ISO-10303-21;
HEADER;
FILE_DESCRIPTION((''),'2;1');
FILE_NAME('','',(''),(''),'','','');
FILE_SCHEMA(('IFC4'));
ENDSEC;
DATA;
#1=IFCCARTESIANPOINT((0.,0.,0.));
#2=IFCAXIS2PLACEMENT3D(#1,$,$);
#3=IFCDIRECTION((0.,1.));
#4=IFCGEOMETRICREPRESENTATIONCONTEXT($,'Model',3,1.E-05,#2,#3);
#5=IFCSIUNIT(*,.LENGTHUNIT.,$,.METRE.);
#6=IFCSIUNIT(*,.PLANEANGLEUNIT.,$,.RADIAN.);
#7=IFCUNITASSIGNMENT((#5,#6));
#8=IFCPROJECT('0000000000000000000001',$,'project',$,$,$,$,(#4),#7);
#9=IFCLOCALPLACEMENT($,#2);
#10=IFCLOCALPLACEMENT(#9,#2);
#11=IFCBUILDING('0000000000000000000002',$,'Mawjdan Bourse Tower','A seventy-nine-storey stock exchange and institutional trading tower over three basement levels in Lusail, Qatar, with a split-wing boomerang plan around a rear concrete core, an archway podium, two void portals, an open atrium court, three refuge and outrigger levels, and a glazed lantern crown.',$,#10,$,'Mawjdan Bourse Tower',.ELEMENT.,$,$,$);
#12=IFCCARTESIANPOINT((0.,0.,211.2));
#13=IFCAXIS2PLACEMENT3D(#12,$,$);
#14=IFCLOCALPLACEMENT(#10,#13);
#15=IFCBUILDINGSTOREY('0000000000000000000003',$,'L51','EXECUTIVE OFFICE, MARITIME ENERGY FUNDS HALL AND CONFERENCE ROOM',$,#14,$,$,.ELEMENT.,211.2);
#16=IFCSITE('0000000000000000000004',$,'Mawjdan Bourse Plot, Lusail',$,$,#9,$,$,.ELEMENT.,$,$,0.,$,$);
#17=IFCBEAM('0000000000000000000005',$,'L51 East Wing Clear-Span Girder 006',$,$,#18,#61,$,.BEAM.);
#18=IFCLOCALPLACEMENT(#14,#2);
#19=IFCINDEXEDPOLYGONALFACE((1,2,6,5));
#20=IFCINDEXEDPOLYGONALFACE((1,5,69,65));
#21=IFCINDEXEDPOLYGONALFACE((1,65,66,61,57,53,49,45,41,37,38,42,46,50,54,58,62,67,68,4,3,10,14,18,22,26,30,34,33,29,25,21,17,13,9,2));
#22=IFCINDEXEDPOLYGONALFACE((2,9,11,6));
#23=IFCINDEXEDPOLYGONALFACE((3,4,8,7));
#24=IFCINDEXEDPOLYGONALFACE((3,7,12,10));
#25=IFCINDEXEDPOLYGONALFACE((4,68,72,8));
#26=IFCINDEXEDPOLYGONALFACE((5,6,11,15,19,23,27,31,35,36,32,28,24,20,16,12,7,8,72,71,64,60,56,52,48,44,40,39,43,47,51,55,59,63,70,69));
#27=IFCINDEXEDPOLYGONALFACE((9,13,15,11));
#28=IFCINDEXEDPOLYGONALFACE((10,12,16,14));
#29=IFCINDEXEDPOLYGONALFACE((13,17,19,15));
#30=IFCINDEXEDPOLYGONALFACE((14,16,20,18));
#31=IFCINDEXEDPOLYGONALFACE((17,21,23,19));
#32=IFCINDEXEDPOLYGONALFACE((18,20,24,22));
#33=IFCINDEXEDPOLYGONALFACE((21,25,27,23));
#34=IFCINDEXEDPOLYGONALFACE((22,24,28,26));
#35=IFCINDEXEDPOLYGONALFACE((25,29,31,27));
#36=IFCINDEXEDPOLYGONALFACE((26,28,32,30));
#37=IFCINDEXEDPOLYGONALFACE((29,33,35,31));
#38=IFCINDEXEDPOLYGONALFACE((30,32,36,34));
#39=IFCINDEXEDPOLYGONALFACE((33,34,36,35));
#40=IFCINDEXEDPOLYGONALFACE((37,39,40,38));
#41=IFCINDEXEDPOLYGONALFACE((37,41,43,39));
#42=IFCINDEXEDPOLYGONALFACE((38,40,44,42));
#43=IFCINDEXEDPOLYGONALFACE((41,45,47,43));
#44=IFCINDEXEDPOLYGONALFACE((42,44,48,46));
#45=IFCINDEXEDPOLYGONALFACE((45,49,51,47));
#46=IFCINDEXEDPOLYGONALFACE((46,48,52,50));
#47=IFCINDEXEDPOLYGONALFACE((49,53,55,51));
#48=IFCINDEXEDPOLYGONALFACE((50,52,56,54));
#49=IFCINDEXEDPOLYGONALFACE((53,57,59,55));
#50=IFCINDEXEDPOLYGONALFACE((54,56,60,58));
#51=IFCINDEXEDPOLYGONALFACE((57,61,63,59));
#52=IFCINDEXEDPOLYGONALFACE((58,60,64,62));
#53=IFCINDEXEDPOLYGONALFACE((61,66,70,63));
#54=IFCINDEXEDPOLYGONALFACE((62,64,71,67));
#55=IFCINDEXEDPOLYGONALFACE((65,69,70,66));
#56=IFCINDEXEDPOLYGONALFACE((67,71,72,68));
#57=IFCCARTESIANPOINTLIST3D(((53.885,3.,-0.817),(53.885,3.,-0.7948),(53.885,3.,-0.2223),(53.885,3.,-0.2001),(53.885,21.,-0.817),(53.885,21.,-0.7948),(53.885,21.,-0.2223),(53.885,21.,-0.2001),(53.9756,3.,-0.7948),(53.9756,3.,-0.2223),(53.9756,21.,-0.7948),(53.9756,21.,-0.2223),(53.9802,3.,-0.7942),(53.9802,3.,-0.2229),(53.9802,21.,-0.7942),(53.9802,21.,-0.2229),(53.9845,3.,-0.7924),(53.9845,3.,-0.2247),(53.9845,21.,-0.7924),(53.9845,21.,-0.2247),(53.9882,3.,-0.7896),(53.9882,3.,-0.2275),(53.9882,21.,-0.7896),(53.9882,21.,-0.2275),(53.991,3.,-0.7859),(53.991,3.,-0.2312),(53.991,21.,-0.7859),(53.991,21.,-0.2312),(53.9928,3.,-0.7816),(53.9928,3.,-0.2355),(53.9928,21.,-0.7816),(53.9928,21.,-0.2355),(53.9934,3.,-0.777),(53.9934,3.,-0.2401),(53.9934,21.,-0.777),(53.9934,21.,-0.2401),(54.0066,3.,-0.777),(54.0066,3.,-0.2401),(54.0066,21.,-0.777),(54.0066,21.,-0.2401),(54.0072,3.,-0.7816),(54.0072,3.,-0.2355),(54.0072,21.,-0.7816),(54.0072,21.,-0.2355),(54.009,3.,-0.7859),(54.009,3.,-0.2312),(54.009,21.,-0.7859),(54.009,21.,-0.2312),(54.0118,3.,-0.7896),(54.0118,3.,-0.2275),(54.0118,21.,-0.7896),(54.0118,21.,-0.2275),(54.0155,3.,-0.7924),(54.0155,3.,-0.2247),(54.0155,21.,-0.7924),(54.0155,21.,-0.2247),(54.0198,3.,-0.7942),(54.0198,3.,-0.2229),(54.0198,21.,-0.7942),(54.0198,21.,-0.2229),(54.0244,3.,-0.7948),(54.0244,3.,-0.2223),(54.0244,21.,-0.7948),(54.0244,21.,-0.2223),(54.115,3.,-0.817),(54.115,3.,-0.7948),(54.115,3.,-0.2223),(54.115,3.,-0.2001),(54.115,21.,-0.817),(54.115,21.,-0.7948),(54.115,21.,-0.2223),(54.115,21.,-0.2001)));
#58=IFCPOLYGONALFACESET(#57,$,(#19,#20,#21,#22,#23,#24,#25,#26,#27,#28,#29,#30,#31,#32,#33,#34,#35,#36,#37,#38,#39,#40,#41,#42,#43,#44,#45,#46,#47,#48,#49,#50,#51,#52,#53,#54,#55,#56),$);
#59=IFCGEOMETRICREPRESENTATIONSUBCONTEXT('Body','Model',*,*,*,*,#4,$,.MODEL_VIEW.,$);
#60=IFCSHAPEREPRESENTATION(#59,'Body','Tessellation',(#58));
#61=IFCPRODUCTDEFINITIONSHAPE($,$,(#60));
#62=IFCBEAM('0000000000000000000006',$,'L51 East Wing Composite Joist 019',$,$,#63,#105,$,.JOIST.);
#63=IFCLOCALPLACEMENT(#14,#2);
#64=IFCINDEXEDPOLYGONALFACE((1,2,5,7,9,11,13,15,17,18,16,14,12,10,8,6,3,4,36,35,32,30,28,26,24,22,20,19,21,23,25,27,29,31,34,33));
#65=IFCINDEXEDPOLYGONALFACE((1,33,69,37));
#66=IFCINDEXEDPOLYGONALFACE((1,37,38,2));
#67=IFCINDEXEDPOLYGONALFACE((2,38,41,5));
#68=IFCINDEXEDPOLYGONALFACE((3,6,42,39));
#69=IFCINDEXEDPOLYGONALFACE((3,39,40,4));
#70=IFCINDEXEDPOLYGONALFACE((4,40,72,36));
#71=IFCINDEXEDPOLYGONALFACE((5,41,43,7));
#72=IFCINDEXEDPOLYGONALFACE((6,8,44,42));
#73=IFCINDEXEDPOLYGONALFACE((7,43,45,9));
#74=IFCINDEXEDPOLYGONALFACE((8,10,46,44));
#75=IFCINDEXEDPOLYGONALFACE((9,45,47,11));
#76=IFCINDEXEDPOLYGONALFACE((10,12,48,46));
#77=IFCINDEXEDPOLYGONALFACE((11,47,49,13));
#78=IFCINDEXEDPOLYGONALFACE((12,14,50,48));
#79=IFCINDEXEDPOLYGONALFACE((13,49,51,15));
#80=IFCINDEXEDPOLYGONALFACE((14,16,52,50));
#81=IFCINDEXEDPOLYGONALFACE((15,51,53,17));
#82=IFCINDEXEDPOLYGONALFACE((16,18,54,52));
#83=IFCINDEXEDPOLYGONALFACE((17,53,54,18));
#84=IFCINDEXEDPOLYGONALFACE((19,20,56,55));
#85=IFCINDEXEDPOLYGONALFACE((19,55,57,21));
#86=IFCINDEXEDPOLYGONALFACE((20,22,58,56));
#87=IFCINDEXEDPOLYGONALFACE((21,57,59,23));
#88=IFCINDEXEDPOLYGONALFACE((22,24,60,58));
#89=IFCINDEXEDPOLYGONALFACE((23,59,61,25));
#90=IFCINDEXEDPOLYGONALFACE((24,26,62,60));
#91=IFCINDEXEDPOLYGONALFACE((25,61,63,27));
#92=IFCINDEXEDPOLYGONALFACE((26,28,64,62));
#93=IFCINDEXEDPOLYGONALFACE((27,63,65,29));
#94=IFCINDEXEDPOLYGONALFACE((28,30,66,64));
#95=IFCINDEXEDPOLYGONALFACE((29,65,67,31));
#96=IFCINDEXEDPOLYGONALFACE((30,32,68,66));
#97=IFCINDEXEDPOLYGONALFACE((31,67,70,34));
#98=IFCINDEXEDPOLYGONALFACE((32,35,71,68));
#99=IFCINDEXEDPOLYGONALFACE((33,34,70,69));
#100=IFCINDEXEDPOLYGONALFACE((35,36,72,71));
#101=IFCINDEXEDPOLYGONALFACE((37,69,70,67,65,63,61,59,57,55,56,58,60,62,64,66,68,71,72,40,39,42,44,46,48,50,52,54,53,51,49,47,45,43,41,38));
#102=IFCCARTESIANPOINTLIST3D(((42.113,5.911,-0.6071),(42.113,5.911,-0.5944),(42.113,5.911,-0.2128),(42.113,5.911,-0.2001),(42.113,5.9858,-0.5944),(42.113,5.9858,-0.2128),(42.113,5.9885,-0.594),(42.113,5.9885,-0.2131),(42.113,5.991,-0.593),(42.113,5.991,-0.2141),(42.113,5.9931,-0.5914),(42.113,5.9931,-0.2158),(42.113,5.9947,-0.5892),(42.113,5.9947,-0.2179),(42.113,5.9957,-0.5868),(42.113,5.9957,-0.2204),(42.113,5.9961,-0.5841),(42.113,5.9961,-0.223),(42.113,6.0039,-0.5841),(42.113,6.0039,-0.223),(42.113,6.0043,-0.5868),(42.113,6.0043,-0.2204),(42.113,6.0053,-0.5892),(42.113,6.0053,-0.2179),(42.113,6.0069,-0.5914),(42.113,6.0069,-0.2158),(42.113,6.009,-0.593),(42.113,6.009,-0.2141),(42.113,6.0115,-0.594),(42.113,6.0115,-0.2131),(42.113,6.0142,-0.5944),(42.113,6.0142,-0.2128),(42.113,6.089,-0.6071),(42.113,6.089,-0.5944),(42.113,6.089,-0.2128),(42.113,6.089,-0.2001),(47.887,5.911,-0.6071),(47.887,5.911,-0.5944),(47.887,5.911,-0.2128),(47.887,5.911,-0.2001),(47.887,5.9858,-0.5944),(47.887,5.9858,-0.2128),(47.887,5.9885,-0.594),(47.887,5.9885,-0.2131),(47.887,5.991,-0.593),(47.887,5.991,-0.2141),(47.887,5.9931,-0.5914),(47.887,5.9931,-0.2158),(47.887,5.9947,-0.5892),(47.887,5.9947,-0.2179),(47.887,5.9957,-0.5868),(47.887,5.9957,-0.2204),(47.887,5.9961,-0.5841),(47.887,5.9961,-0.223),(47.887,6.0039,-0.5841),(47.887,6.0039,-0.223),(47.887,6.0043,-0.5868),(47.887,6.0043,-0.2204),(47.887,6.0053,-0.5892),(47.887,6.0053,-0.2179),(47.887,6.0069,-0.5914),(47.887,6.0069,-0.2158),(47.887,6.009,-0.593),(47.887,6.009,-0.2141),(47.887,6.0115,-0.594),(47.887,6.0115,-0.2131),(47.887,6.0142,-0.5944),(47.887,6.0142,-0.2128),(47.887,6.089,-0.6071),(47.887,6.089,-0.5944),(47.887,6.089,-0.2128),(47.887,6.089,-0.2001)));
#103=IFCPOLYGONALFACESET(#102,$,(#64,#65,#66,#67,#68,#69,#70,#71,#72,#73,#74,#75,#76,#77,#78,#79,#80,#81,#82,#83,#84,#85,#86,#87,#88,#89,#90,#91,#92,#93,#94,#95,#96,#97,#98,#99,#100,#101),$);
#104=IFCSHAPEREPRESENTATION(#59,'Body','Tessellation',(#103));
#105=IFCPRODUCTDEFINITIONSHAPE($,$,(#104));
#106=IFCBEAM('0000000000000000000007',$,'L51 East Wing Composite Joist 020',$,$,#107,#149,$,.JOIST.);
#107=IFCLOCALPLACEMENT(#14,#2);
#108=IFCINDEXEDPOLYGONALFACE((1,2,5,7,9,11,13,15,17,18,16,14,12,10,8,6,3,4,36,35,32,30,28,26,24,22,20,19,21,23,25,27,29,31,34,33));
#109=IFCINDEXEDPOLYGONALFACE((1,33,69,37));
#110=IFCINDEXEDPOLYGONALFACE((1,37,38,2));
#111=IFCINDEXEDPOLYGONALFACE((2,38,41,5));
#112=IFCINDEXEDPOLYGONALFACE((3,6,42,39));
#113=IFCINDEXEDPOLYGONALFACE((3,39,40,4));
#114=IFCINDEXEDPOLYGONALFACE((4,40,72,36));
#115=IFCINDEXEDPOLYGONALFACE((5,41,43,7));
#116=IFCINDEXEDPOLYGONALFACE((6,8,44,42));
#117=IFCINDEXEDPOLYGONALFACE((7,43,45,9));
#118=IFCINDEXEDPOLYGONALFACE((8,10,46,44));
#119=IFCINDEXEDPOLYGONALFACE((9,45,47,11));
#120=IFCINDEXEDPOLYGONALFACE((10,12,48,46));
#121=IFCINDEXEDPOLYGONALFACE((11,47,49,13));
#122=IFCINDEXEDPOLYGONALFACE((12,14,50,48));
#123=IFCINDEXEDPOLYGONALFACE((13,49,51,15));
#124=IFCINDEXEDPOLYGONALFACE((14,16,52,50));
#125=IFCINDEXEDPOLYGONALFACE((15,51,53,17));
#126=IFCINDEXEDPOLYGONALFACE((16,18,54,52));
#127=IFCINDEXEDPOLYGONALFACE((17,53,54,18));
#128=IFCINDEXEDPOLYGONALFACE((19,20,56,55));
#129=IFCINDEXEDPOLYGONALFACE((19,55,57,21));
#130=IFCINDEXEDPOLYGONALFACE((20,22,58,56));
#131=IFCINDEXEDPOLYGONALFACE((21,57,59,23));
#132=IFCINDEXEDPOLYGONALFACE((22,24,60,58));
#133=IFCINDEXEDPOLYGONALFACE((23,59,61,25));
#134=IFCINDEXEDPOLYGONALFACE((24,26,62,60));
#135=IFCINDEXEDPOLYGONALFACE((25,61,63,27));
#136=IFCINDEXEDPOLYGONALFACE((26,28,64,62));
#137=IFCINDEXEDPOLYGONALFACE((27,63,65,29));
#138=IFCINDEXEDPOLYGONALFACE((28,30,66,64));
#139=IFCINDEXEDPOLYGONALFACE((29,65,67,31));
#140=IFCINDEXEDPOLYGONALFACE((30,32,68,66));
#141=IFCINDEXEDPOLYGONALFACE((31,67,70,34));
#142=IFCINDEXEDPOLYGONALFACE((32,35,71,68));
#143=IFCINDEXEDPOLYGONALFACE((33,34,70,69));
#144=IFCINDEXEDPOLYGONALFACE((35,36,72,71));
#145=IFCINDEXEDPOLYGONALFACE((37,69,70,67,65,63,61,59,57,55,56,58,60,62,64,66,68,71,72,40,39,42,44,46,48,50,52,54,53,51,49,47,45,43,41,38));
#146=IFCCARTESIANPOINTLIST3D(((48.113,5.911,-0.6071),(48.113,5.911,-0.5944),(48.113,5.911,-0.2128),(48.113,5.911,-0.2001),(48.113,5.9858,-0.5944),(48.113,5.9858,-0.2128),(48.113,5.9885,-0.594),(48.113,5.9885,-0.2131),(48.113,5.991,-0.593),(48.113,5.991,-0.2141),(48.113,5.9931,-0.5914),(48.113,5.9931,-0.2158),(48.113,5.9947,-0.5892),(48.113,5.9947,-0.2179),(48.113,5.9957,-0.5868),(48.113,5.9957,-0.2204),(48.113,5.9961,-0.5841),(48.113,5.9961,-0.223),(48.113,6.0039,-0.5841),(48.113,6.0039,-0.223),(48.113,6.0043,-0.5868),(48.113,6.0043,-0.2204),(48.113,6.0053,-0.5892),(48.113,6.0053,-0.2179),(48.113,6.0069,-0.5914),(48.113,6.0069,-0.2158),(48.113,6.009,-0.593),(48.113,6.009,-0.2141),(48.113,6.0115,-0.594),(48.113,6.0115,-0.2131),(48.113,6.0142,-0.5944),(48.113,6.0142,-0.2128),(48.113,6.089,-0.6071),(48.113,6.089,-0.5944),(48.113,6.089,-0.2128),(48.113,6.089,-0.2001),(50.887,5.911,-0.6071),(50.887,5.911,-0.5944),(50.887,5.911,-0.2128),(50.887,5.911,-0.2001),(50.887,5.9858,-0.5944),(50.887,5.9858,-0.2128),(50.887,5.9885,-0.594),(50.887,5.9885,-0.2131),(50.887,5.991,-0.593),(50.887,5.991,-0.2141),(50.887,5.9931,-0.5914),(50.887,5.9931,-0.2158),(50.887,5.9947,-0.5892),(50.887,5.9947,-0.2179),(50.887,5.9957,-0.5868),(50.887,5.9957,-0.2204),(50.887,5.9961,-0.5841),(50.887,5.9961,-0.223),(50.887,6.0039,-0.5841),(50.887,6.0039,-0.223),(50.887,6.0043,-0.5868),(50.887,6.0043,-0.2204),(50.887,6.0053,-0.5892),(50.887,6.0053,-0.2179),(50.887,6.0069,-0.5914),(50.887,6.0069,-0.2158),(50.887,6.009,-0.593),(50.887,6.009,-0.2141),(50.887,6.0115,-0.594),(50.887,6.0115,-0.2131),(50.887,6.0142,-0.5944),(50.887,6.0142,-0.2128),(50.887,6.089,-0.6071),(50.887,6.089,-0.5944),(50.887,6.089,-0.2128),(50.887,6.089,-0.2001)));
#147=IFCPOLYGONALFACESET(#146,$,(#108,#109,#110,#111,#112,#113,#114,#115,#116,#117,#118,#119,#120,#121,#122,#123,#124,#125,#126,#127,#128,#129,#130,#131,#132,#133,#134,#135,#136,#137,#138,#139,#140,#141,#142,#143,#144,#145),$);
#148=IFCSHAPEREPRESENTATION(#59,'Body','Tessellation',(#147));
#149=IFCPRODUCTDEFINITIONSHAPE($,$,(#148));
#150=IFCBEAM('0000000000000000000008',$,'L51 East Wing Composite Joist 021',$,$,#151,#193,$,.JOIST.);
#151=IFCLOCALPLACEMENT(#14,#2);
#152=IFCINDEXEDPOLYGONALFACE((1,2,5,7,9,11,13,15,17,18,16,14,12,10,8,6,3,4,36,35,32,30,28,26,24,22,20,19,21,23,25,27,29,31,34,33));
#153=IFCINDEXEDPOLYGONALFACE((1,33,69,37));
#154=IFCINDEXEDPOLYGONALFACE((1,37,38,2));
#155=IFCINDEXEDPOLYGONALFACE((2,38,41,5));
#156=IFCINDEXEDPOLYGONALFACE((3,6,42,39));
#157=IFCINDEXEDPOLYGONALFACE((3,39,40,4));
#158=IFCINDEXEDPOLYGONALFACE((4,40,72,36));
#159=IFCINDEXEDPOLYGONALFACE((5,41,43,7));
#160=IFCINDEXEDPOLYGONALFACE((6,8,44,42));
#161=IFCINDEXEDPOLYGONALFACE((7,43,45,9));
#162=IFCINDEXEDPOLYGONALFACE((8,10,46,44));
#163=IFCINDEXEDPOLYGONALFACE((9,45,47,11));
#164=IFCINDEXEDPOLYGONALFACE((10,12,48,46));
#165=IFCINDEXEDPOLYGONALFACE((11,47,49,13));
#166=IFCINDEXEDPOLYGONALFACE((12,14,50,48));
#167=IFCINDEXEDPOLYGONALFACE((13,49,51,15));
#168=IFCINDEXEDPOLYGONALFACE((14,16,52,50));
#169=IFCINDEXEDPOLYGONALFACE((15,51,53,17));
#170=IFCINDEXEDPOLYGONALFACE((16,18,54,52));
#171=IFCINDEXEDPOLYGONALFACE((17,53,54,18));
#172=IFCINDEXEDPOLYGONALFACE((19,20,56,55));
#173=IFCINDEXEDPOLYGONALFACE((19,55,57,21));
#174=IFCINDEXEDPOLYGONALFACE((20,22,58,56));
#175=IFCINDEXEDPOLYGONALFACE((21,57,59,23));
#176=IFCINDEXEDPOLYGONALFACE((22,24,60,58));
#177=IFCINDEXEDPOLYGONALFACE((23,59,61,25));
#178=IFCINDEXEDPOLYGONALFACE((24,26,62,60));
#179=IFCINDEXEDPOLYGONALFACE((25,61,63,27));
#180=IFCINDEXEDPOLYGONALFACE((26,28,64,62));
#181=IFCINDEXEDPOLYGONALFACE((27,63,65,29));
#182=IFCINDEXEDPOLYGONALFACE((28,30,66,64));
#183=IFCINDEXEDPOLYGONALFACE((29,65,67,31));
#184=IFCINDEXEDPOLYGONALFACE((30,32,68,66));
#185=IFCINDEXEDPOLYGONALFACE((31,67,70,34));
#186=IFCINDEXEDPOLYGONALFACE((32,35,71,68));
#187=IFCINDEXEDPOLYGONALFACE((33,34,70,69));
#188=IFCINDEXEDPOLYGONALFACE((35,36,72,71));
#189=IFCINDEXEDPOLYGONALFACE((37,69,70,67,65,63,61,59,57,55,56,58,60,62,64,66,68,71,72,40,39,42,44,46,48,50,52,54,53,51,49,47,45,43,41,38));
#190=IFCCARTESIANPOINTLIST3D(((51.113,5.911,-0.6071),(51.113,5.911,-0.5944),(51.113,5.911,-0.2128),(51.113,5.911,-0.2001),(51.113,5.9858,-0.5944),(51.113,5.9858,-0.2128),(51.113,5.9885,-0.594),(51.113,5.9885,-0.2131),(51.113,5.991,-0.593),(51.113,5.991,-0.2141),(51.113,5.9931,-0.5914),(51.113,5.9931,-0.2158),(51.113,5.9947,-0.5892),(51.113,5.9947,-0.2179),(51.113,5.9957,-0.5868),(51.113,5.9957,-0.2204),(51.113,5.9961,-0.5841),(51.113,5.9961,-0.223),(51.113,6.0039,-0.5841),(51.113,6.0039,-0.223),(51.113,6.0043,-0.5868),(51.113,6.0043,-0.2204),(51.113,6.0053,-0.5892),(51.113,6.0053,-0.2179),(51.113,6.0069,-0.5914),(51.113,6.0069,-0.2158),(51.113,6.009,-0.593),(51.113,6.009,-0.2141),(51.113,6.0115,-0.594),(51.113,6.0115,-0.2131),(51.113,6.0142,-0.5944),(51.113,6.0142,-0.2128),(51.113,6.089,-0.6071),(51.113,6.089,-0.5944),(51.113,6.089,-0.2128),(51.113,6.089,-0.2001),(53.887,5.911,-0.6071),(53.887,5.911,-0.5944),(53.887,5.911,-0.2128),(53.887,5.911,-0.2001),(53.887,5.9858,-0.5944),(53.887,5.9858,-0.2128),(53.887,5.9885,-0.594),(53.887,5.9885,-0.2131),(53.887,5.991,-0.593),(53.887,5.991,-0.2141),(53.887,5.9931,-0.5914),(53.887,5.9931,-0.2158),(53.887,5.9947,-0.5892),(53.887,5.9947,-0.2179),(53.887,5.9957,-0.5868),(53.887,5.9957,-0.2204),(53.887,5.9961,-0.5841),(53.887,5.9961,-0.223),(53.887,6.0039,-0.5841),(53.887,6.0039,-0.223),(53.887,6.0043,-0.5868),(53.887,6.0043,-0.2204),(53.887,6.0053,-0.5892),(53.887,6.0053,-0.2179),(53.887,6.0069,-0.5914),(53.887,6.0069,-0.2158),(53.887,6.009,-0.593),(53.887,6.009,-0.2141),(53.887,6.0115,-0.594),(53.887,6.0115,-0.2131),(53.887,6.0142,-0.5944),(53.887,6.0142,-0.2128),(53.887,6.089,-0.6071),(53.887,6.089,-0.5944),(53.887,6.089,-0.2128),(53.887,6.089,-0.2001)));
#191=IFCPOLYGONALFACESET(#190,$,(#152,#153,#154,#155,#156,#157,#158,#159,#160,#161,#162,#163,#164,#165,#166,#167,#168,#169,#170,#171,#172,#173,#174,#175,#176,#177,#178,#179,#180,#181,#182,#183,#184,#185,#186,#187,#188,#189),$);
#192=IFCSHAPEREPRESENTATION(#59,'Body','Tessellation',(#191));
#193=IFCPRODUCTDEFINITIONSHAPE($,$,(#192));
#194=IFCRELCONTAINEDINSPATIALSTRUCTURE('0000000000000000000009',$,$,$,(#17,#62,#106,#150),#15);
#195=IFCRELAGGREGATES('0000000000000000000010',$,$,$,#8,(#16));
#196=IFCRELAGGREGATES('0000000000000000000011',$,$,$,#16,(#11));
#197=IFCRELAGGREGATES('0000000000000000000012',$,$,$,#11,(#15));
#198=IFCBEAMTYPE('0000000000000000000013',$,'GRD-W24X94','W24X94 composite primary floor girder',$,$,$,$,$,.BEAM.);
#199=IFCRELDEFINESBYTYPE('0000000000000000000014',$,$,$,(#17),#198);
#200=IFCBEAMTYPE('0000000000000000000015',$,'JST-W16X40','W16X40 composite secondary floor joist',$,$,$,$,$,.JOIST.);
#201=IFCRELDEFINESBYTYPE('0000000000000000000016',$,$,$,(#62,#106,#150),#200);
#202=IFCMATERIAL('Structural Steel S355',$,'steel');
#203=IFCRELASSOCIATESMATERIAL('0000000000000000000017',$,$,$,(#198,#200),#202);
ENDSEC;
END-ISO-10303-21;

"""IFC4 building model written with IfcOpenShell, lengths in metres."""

from ifc_helpers import new_model, si_unit, direction, frame, origin, origin_2d, place, context, subcontext, project, spatial, i_section, extrude, material, material_profile, profile_set, type_object, element, save


model = new_model("IFC4")

# Units and contexts
model_context = context("Model", 3, precision=1e-05, world=origin(), true_north=direction((0.0, 1.0)))
body_context = subcontext(model_context, "Body", "Model", "MODEL_VIEW")
ifc_project = project(units=[si_unit("LENGTHUNIT", "METRE"), si_unit("PLANEANGLEUNIT", "RADIAN")], contexts=[model_context])

# Site, building, storey
site_placement = place(None, origin())
site = spatial("IfcSite", under=ifc_project, at=site_placement, Name="Mawjdan Bourse Plot, Lusail", CompositionType="ELEMENT", RefElevation=0.0)
building_placement = place(site_placement, origin())
building = spatial("IfcBuilding", under=site, at=building_placement, Name="Mawjdan Bourse Tower", Description="A seventy-nine-storey stock exchange and institutional trading tower over three basement levels in Lusail, Qatar, with a split-wing boomerang plan around a rear concrete core, an archway podium, two void portals, an open atrium court, three refuge and outrigger levels, and a glazed lantern crown.", LongName="Mawjdan Bourse Tower", CompositionType="ELEMENT")
storey_placement = place(building_placement, frame((0.0, 0.0, 211.2)))
storey = spatial("IfcBuildingStorey", under=building, at=storey_placement, Name="L51", Description="EXECUTIVE OFFICE, MARITIME ENERGY FUNDS HALL AND CONFERENCE ROOM", CompositionType="ELEMENT", Elevation=211.2)

# Beams
ifc_material_1 = material(Name="Structural Steel S355", Category="steel")
ifc_material_profile_1 = material_profile(ifc_material_1, i_section(OverallWidth=0.23, OverallDepth=0.6169, WebThickness=0.0132, FlangeThickness=0.0222, FilletRadius=0.0178, at=origin_2d()), Name="W24X94")
ifc_profile_set_1 = profile_set([ifc_material_profile_1], Name="Structural Steel S355")
beam_type_1 = type_object("IfcBeamType", Name="GRD-W24X94", Description="W24X94 composite primary floor girder", PredefinedType="BEAM", material=ifc_profile_set_1)
for number, where, z_axis, x_axis, name in (
    (1, (54.0, 3.0, -0.5085), (0.0, 1.0, 0.0), (-1.0, 0.0, 0.0), "L51 East Wing Clear-Span Girder 006"),
):
    element("IfcBeam", number, at=place(storey_placement, frame(where, z_axis=z_axis, x_axis=x_axis)), inside=storey, type_object=beam_type_1, Name=name, PredefinedType="BEAM", context=body_context, shape_type="SweptSolid", body=[
        extrude(i_section(OverallWidth=0.23, OverallDepth=0.6169, WebThickness=0.0132, FlangeThickness=0.0222, FilletRadius=0.0178, at=origin_2d()), origin(), (0.0, 0.0, 1.0), 18.0),
    ])
ifc_material_profile_2 = material_profile(ifc_material_1, i_section(OverallWidth=0.178, OverallDepth=0.407, WebThickness=0.0078, FlangeThickness=0.0127, FilletRadius=0.0103, at=origin_2d()), Name="W16X40")
ifc_profile_set_2 = profile_set([ifc_material_profile_2], Name="Structural Steel S355")
beam_type_2 = type_object("IfcBeamType", Name="JST-W16X40", Description="W16X40 composite secondary floor joist", PredefinedType="JOIST", material=ifc_profile_set_2)
beam_1_placement = place(storey_placement, frame((42.113, 6.0, -0.4036), z_axis=(1.0, 0.0, 0.0), x_axis=(0.0, 1.0, 0.0)))
element("IfcBeam", 2, at=beam_1_placement, inside=storey, type_object=beam_type_2, Name="L51 East Wing Composite Joist 019", PredefinedType="JOIST", context=body_context, shape_type="SweptSolid", body=[
    extrude(i_section(OverallWidth=0.178, OverallDepth=0.407, WebThickness=0.0078, FlangeThickness=0.0127, FilletRadius=0.0103, at=origin_2d()), origin(), (0.0, 0.0, 1.0), 5.7739),
])
for number, where, z_axis, x_axis, name in (
    (3, (48.113, 6.0, -0.4036), (1.0, 0.0, 0.0), (0.0, 1.0, 0.0), "L51 East Wing Composite Joist 020"),
    (4, (51.113, 6.0, -0.4036), (1.0, 0.0, 0.0), (0.0, 1.0, 0.0), "L51 East Wing Composite Joist 021"),
):
    element("IfcBeam", number, at=place(storey_placement, frame(where, z_axis=z_axis, x_axis=x_axis)), inside=storey, type_object=beam_type_2, Name=name, PredefinedType="JOIST", context=body_context, shape_type="SweptSolid", body=[
        extrude(i_section(OverallWidth=0.178, OverallDepth=0.407, WebThickness=0.0078, FlangeThickness=0.0127, FilletRadius=0.0103, at=origin_2d()), origin(), (0.0, 0.0, 1.0), 2.7739),
    ])

save(model, "model.ifc")
